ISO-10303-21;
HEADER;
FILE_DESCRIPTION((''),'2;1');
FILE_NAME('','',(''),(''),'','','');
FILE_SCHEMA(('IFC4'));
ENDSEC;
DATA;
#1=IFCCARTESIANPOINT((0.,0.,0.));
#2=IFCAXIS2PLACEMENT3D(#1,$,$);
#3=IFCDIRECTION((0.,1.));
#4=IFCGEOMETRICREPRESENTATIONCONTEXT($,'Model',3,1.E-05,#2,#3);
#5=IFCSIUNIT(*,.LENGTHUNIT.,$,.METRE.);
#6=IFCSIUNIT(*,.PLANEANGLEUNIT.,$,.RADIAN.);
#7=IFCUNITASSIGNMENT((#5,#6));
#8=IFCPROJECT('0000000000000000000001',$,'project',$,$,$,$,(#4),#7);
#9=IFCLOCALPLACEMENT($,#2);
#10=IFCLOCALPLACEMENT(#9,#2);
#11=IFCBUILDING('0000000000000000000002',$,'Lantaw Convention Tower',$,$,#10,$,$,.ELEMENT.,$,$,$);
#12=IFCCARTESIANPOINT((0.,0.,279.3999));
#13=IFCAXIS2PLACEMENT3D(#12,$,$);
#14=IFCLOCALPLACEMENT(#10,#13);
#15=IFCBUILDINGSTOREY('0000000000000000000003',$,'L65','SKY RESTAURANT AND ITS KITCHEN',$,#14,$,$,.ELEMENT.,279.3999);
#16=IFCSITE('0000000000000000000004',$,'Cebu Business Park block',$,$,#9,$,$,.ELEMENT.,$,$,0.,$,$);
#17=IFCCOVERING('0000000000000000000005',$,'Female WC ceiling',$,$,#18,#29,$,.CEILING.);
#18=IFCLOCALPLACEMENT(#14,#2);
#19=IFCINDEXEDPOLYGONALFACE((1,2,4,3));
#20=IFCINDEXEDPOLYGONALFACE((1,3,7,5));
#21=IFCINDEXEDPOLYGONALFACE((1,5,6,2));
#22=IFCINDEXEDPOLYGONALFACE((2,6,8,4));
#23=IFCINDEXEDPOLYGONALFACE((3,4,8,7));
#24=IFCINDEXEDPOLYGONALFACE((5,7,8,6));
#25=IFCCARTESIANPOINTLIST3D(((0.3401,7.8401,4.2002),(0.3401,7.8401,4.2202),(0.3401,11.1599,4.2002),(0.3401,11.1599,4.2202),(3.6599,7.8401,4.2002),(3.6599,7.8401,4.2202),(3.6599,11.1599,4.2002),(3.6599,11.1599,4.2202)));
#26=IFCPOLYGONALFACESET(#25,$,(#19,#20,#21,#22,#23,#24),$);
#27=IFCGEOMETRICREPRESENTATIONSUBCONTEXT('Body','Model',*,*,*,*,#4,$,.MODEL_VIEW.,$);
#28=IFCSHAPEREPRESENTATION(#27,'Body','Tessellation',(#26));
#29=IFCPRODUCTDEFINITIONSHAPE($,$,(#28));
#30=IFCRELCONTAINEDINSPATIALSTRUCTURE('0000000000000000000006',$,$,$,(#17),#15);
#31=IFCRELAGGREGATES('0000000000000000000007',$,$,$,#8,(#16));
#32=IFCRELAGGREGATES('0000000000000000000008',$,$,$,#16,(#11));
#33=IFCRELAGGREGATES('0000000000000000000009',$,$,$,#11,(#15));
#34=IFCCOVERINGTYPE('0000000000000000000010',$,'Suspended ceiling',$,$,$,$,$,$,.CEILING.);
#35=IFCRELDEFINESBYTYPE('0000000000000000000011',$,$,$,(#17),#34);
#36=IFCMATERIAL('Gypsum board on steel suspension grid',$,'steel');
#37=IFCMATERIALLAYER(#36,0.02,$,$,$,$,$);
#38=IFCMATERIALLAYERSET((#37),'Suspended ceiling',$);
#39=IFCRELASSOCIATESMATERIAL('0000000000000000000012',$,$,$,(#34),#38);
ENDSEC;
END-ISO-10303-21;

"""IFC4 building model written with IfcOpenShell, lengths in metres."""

from ifc_helpers import new_model, si_unit, direction, frame, origin, place, context, subcontext, project, spatial, polyline, outline, extrude, material, layer, layer_set, type_object, element, save


model = new_model("IFC4")

# Units and contexts
model_context = context("Model", 3, precision=1e-05, world=origin(), true_north=direction((0.0, 1.0)))
body_context = subcontext(model_context, "Body", "Model", "MODEL_VIEW")
ifc_project = project(units=[si_unit("LENGTHUNIT", "METRE"), si_unit("PLANEANGLEUNIT", "RADIAN")], contexts=[model_context])

# Site, building, storey
site_placement = place(None, origin())
site = spatial("IfcSite", under=ifc_project, at=site_placement, Name="Cebu Business Park block", CompositionType="ELEMENT", RefElevation=0.0)
building_placement = place(site_placement, origin())
building = spatial("IfcBuilding", under=site, at=building_placement, Name="Lantaw Convention Tower", CompositionType="ELEMENT")
storey_placement = place(building_placement, frame((0.0, 0.0, 279.3999)))
storey = spatial("IfcBuildingStorey", under=building, at=storey_placement, Name="L65", Description="SKY RESTAURANT AND ITS KITCHEN", CompositionType="ELEMENT", Elevation=279.3999)

# Covering
ifc_material_1 = material(Name="Gypsum board on steel suspension grid", Category="steel")
ifc_layer_1 = layer(ifc_material_1, 0.02)
ifc_layer_set_1 = layer_set([ifc_layer_1], Name="Suspended ceiling")
covering_type = type_object("IfcCoveringType", Name="Suspended ceiling", PredefinedType="CEILING", material=ifc_layer_set_1)
covering_1_placement = place(storey_placement, frame((0.0, 0.0, 4.2002)))
element("IfcCovering", 1, at=covering_1_placement, inside=storey, type_object=covering_type, Name="Female WC ceiling", PredefinedType="CEILING", context=body_context, shape_type="SweptSolid", body=[
    extrude(outline(polyline([(0.3401, 7.8401), (3.6599, 7.8401), (3.6599, 11.1599), (0.3401, 11.1599), (0.3401, 7.8401)])), origin(), (0.0, 0.0, 1.0), 0.02),
])

save(model, "model.ifc")
